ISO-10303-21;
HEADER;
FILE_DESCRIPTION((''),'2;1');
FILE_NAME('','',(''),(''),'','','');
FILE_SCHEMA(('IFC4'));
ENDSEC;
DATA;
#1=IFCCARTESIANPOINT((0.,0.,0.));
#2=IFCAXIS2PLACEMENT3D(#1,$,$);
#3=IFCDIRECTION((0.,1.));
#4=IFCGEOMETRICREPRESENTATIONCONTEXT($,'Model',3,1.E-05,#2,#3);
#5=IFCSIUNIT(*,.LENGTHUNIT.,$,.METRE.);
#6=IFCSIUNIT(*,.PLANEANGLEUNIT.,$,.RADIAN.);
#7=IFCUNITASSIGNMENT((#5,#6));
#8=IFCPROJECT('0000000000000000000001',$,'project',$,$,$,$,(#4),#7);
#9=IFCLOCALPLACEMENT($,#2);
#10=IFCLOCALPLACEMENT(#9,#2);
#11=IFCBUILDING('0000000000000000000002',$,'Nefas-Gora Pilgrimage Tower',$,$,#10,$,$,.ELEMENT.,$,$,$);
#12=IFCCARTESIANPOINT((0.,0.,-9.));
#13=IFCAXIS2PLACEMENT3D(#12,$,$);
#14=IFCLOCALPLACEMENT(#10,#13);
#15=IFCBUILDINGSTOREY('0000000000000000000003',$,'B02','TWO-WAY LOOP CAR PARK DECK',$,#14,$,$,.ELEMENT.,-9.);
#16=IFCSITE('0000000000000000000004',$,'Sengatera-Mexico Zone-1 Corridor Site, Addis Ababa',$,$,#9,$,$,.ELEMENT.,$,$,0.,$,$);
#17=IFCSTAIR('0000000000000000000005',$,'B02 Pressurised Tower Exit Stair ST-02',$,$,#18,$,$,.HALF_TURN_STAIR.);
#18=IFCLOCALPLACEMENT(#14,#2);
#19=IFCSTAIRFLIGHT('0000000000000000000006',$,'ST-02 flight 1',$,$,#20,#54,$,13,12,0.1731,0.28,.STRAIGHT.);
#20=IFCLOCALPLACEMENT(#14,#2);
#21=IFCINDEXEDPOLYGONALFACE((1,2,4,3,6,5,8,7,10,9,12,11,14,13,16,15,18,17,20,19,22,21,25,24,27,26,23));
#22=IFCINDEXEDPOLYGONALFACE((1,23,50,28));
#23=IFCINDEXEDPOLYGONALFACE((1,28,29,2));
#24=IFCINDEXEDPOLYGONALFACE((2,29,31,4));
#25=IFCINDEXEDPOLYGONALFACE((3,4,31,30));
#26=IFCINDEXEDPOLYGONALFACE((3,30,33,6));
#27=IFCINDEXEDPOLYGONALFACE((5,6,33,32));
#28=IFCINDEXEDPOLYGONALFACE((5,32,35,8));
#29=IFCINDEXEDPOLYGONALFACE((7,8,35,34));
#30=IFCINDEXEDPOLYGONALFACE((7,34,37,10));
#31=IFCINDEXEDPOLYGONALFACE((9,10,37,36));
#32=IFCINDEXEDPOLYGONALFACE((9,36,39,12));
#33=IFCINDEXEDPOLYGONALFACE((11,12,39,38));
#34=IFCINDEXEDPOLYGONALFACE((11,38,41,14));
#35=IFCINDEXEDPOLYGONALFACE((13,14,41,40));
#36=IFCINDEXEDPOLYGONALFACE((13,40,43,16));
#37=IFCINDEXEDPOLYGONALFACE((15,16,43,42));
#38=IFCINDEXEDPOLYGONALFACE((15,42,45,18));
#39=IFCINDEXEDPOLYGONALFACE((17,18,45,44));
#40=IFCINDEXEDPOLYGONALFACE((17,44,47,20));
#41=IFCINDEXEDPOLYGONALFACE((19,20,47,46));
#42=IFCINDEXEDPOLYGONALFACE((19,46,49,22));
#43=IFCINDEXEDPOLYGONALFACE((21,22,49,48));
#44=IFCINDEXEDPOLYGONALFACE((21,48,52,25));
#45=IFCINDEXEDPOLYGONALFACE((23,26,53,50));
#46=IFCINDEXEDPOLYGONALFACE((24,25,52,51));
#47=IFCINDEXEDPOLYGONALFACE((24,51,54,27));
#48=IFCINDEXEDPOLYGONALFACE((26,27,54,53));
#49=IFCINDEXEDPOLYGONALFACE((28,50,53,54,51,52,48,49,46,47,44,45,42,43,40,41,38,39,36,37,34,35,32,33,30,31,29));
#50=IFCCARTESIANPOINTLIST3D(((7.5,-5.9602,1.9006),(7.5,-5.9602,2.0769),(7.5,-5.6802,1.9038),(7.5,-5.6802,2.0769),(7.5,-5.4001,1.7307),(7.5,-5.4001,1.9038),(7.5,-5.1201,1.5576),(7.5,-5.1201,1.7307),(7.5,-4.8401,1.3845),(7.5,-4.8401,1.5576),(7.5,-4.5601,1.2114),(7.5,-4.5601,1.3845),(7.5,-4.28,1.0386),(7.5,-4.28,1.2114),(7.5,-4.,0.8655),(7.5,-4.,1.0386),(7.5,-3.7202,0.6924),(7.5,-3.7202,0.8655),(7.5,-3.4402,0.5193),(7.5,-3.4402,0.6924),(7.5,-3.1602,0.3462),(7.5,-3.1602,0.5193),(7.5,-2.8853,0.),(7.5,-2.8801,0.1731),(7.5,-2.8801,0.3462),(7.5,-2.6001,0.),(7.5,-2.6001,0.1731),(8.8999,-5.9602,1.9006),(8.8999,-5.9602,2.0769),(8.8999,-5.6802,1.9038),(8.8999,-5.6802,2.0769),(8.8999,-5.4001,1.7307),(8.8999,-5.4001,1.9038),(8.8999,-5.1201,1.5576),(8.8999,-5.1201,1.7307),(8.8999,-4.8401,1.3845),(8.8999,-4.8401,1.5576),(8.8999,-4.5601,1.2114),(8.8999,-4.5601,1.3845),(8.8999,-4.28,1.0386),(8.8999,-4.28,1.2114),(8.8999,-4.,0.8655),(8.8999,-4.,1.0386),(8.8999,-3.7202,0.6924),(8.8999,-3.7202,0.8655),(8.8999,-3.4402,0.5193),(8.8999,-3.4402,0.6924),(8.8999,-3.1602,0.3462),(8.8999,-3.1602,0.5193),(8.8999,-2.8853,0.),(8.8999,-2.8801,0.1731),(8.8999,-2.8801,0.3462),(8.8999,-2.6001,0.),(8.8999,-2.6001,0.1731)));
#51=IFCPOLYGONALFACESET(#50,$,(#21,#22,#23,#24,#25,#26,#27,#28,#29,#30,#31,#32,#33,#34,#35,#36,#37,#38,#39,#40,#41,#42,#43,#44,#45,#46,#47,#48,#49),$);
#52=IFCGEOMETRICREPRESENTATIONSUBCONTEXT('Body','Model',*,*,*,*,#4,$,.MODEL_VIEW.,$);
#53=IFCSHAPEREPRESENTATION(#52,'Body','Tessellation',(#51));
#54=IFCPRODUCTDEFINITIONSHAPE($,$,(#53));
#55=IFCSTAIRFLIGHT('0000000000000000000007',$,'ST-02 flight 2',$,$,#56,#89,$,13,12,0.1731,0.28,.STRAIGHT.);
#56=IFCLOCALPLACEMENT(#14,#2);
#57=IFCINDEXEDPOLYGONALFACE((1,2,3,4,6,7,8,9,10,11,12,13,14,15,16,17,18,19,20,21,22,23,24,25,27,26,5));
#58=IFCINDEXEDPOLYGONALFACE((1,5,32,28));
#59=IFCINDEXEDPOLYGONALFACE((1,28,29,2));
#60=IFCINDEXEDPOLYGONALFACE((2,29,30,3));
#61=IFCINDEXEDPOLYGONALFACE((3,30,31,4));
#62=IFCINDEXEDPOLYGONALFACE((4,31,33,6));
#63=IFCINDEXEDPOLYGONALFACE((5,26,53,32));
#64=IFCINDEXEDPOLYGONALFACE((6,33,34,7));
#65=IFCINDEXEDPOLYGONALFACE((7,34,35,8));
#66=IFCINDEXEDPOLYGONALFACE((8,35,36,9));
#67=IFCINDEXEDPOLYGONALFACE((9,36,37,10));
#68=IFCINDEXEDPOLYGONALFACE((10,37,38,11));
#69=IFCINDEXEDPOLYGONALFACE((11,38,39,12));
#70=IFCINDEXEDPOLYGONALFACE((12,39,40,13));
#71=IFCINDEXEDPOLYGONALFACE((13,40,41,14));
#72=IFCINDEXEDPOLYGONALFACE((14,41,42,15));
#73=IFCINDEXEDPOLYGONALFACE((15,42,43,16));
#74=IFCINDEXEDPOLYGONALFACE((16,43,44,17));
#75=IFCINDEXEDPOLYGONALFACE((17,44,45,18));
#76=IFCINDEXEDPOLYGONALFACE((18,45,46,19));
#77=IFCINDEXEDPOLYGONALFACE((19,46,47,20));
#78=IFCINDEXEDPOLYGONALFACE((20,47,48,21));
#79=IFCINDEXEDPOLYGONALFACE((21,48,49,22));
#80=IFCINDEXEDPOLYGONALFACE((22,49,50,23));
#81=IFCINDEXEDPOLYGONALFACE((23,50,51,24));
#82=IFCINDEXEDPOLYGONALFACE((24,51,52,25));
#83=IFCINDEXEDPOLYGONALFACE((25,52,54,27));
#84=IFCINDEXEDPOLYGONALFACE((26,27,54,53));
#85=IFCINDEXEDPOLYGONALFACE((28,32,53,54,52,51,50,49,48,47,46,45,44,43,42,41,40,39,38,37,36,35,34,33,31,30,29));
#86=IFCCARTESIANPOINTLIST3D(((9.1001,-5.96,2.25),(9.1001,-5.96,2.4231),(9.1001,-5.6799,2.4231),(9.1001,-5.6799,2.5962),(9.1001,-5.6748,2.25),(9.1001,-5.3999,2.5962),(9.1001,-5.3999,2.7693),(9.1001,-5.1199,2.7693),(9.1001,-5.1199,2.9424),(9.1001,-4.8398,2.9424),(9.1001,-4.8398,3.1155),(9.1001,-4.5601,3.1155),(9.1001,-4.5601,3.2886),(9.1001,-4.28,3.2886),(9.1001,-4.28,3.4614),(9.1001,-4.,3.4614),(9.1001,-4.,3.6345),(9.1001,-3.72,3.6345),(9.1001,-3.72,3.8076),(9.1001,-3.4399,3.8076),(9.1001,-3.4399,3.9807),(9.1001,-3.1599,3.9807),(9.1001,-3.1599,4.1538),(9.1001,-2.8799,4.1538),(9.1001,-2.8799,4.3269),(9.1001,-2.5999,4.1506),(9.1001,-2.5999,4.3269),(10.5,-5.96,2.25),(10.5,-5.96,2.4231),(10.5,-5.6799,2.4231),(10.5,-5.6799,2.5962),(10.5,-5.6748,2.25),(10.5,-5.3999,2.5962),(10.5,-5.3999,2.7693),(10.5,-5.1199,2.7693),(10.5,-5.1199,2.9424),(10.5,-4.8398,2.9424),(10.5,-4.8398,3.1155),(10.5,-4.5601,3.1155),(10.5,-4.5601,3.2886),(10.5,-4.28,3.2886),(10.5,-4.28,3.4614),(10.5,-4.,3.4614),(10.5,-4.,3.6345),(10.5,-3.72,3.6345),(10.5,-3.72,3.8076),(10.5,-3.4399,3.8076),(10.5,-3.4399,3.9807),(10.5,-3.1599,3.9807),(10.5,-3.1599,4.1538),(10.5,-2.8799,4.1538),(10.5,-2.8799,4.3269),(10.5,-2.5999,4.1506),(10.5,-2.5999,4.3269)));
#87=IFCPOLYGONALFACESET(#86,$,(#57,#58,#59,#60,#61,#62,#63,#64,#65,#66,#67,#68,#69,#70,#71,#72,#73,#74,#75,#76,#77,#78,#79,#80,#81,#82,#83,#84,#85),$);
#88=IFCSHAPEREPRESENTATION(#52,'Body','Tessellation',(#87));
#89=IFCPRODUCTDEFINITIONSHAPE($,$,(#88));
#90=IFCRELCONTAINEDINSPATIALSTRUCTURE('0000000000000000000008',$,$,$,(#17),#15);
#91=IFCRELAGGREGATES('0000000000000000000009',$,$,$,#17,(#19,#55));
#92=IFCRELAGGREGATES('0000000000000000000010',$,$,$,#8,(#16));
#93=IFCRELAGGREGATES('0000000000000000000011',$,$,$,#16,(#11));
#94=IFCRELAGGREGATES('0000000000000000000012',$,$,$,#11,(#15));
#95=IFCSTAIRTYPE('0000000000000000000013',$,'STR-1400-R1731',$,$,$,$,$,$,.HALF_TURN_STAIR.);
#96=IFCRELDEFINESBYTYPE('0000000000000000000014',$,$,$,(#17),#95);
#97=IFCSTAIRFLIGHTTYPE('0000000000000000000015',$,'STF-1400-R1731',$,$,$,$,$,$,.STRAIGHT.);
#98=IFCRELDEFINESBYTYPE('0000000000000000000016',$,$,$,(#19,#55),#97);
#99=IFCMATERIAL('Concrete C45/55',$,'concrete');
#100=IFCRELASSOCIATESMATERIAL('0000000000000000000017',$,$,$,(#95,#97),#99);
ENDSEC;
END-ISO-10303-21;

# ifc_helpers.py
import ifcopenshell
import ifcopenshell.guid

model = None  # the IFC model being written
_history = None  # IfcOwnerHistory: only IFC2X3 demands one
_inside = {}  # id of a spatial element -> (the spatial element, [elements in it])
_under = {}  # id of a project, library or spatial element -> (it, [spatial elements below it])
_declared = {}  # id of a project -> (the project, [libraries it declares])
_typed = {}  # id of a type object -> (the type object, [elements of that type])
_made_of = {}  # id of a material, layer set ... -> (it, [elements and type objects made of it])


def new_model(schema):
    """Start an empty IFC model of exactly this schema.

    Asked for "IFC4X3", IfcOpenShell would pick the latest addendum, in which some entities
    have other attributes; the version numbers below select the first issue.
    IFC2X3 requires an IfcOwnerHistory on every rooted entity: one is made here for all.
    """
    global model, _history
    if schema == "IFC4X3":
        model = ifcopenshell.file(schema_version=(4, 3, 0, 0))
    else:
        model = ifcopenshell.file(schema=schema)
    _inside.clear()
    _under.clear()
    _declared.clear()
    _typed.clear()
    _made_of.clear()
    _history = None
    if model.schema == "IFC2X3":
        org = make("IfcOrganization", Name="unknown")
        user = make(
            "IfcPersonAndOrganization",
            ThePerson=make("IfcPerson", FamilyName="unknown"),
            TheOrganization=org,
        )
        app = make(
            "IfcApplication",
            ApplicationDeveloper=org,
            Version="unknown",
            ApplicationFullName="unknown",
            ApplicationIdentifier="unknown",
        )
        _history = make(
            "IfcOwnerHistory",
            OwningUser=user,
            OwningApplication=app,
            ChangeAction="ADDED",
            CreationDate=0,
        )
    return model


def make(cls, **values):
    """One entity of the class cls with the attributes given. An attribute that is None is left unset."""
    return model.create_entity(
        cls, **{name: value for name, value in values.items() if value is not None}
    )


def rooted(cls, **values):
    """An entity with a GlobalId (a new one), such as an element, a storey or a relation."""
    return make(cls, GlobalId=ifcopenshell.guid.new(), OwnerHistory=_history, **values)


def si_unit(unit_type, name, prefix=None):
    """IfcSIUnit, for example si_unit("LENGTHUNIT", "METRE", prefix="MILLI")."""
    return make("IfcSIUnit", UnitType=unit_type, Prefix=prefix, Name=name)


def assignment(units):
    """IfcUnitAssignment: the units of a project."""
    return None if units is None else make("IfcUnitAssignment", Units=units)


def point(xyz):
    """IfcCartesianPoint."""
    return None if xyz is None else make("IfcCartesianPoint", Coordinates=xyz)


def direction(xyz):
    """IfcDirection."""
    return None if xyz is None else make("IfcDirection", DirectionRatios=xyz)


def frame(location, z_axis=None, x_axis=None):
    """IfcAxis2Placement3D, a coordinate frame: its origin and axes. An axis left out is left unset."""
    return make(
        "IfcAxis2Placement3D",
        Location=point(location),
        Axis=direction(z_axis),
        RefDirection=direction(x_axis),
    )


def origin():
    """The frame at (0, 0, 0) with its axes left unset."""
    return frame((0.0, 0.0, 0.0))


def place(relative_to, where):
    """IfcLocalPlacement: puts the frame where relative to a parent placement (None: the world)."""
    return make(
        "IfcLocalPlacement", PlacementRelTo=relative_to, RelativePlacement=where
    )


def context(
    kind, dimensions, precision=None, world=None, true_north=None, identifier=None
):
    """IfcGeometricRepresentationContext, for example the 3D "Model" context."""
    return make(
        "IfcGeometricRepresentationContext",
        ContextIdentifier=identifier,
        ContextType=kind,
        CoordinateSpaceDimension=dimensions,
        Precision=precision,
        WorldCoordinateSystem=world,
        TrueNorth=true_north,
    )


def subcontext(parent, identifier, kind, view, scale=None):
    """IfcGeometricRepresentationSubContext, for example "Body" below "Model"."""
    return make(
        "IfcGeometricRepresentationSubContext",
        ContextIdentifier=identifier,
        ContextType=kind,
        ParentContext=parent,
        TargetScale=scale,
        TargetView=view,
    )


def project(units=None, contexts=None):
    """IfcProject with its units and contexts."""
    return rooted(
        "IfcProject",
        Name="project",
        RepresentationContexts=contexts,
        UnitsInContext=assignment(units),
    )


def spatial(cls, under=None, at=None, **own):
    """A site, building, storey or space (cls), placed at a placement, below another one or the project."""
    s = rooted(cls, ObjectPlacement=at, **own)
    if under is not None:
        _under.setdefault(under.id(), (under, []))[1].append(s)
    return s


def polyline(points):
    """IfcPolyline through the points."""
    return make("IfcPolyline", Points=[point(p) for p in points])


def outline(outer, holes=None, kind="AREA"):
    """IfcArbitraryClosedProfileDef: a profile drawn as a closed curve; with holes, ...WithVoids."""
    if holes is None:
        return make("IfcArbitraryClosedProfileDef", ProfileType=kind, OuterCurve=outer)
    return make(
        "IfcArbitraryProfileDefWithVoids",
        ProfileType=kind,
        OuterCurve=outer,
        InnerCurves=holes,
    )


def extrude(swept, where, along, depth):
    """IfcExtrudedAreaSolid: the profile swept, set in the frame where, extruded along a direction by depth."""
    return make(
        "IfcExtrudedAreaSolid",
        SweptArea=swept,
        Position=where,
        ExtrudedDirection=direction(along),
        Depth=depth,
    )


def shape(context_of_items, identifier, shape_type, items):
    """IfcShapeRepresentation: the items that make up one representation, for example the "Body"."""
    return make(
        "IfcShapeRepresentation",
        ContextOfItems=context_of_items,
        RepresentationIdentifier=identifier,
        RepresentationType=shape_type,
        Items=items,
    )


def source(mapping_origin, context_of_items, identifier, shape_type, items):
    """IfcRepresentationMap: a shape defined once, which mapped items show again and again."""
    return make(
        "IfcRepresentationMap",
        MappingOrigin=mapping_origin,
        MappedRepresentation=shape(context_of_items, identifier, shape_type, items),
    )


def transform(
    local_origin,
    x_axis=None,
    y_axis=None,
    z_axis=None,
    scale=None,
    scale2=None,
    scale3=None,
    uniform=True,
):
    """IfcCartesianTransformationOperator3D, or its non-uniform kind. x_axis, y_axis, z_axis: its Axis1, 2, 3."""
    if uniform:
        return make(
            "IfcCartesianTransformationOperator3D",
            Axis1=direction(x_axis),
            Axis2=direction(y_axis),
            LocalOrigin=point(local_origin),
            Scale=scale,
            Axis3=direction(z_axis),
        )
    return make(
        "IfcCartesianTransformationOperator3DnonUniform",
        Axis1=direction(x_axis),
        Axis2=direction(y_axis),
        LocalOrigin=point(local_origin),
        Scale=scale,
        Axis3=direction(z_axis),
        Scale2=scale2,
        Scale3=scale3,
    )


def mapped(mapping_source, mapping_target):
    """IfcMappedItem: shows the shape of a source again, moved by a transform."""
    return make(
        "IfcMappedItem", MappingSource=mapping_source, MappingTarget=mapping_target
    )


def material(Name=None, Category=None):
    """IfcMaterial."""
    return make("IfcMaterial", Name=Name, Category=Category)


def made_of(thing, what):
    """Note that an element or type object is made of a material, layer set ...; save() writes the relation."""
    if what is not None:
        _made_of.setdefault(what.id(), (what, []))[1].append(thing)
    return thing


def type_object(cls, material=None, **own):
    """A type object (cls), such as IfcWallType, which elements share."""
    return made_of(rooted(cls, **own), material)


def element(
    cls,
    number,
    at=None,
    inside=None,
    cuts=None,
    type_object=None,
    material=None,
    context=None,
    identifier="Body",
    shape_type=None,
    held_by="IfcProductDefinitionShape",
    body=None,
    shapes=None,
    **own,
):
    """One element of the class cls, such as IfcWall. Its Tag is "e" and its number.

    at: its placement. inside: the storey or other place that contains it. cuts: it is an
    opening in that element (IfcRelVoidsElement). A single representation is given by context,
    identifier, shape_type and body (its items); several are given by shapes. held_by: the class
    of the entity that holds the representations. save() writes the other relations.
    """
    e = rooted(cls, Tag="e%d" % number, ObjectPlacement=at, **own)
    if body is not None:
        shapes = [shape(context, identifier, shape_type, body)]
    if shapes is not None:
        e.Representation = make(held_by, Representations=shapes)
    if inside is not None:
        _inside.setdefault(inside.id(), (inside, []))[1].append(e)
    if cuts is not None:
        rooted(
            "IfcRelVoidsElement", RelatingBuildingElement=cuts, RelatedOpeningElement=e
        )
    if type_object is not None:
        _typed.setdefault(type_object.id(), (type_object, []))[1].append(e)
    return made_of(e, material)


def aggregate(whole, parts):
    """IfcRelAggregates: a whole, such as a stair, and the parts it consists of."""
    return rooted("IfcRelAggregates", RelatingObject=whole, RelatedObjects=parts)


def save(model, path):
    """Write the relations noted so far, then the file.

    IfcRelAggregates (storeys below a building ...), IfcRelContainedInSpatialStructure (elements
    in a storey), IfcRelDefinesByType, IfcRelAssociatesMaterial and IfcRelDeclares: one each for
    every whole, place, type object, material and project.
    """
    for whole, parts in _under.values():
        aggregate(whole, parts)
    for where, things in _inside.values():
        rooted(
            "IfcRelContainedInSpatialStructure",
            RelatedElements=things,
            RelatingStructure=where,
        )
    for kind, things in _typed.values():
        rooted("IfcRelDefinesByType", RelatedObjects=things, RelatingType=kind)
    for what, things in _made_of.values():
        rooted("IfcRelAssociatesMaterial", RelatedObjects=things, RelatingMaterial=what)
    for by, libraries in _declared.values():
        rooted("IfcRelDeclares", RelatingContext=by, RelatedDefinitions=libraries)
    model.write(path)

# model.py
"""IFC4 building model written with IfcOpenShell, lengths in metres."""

from ifc_helpers import new_model, si_unit, direction, frame, origin, place, context, subcontext, project, spatial, polyline, outline, extrude, source, transform, mapped, material, type_object, element, aggregate, save


model = new_model("IFC4")

# Units and contexts
model_context = context("Model", 3, precision=1e-05, world=origin(), true_north=direction((0.0, 1.0)))
body_context = subcontext(model_context, "Body", "Model", "MODEL_VIEW")
ifc_project = project(units=[si_unit("LENGTHUNIT", "METRE"), si_unit("PLANEANGLEUNIT", "RADIAN")], contexts=[model_context])

# Site, building, storey
site_placement = place(None, origin())
site = spatial("IfcSite", under=ifc_project, at=site_placement, Name="Sengatera-Mexico Zone-1 Corridor Site, Addis Ababa", CompositionType="ELEMENT", RefElevation=0.0)
building_placement = place(site_placement, origin())
building = spatial("IfcBuilding", under=site, at=building_placement, Name="Nefas-Gora Pilgrimage Tower", CompositionType="ELEMENT")
storey_placement = place(building_placement, frame((0.0, 0.0, -9.0)))
storey = spatial("IfcBuildingStorey", under=building, at=storey_placement, Name="B02", Description="TWO-WAY LOOP CAR PARK DECK", CompositionType="ELEMENT", Elevation=-9.0)

# Shared definitions
ifc_material_1 = material(Name="Concrete C45/55", Category="concrete")

# Stair, stair flights
stair_type = type_object("IfcStairType", Name="STR-1400-R1731", PredefinedType="HALF_TURN_STAIR", material=ifc_material_1)
stair_placement = place(storey_placement, origin())
stair = element("IfcStair", 1, at=stair_placement, inside=storey, type_object=stair_type, Name="B02 Pressurised Tower Exit Stair ST-02", PredefinedType="HALF_TURN_STAIR")
stair_flight_type = type_object("IfcStairFlightType", Name="STF-1400-R1731", PredefinedType="STRAIGHT", material=ifc_material_1)
shared_shape_1 = source(origin(), body_context, "Body", "SweptSolid", [
    extrude(outline(polyline([(0.0, 0.0), (0.0, 0.1731), (0.28, 0.1731), (0.28, 0.3462), (0.5601, 0.3462), (0.5601, 0.5193), (0.8401, 0.5193), (0.8401, 0.6924), (1.1201, 0.6924), (1.1201, 0.8655), (1.3999, 0.8655), (1.3999, 1.0386), (1.6799, 1.0386), (1.6799, 1.2114), (1.96, 1.2114), (1.96, 1.3845), (2.24, 1.3845), (2.24, 1.5576), (2.52, 1.5576), (2.52, 1.7307), (2.8, 1.7307), (2.8, 1.9038), (3.0801, 1.9038), (3.0801, 2.0769), (3.3601, 2.0769), (3.3601, 2.25), (3.3601, 1.9006), (0.2852, 0.0), (0.0, 0.0)])), frame((0.0, 0.7, 0.0), z_axis=(0.0, -1.0, 0.0), x_axis=(1.0, 0.0, 0.0)), (0.0, 0.0, 1.0), 1.3999),
])
stair_flight_1_placement = place(storey_placement, frame((8.2, -2.6001, 0.0), z_axis=(0.0, 0.0, 1.0), x_axis=(0.0, -1.0, 0.0)))
stair_flight_1 = element("IfcStairFlight", 2, at=stair_flight_1_placement, type_object=stair_flight_type, Name="ST-02 flight 1", NumberOfRisers=13, NumberOfTreads=12, PredefinedType="STRAIGHT", RiserHeight=0.1731, TreadLength=0.28, context=body_context, shape_type="MappedRepresentation", body=[
    mapped(shared_shape_1, transform((0.0, 0.0, 0.0), x_axis=(1.0, 0.0, 0.0), y_axis=(0.0, 1.0, 0.0), z_axis=(0.0, 0.0, 1.0), scale=1.0)),
])
stair_flight_2_placement = place(storey_placement, frame((9.8, -5.96, 2.25), z_axis=(0.0, 0.0, 1.0), x_axis=(0.0, 1.0, 0.0)))
stair_flight_2 = element("IfcStairFlight", 3, at=stair_flight_2_placement, type_object=stair_flight_type, Name="ST-02 flight 2", NumberOfRisers=13, NumberOfTreads=12, PredefinedType="STRAIGHT", RiserHeight=0.1731, TreadLength=0.28, context=body_context, shape_type="MappedRepresentation", body=[
    mapped(shared_shape_1, transform((0.0, 0.0, 0.0), x_axis=(1.0, 0.0, 0.0), y_axis=(0.0, 1.0, 0.0), z_axis=(0.0, 0.0, 1.0), scale=1.0)),
])
aggregate(stair, [stair_flight_1, stair_flight_2])

save(model, "model.ifc")
